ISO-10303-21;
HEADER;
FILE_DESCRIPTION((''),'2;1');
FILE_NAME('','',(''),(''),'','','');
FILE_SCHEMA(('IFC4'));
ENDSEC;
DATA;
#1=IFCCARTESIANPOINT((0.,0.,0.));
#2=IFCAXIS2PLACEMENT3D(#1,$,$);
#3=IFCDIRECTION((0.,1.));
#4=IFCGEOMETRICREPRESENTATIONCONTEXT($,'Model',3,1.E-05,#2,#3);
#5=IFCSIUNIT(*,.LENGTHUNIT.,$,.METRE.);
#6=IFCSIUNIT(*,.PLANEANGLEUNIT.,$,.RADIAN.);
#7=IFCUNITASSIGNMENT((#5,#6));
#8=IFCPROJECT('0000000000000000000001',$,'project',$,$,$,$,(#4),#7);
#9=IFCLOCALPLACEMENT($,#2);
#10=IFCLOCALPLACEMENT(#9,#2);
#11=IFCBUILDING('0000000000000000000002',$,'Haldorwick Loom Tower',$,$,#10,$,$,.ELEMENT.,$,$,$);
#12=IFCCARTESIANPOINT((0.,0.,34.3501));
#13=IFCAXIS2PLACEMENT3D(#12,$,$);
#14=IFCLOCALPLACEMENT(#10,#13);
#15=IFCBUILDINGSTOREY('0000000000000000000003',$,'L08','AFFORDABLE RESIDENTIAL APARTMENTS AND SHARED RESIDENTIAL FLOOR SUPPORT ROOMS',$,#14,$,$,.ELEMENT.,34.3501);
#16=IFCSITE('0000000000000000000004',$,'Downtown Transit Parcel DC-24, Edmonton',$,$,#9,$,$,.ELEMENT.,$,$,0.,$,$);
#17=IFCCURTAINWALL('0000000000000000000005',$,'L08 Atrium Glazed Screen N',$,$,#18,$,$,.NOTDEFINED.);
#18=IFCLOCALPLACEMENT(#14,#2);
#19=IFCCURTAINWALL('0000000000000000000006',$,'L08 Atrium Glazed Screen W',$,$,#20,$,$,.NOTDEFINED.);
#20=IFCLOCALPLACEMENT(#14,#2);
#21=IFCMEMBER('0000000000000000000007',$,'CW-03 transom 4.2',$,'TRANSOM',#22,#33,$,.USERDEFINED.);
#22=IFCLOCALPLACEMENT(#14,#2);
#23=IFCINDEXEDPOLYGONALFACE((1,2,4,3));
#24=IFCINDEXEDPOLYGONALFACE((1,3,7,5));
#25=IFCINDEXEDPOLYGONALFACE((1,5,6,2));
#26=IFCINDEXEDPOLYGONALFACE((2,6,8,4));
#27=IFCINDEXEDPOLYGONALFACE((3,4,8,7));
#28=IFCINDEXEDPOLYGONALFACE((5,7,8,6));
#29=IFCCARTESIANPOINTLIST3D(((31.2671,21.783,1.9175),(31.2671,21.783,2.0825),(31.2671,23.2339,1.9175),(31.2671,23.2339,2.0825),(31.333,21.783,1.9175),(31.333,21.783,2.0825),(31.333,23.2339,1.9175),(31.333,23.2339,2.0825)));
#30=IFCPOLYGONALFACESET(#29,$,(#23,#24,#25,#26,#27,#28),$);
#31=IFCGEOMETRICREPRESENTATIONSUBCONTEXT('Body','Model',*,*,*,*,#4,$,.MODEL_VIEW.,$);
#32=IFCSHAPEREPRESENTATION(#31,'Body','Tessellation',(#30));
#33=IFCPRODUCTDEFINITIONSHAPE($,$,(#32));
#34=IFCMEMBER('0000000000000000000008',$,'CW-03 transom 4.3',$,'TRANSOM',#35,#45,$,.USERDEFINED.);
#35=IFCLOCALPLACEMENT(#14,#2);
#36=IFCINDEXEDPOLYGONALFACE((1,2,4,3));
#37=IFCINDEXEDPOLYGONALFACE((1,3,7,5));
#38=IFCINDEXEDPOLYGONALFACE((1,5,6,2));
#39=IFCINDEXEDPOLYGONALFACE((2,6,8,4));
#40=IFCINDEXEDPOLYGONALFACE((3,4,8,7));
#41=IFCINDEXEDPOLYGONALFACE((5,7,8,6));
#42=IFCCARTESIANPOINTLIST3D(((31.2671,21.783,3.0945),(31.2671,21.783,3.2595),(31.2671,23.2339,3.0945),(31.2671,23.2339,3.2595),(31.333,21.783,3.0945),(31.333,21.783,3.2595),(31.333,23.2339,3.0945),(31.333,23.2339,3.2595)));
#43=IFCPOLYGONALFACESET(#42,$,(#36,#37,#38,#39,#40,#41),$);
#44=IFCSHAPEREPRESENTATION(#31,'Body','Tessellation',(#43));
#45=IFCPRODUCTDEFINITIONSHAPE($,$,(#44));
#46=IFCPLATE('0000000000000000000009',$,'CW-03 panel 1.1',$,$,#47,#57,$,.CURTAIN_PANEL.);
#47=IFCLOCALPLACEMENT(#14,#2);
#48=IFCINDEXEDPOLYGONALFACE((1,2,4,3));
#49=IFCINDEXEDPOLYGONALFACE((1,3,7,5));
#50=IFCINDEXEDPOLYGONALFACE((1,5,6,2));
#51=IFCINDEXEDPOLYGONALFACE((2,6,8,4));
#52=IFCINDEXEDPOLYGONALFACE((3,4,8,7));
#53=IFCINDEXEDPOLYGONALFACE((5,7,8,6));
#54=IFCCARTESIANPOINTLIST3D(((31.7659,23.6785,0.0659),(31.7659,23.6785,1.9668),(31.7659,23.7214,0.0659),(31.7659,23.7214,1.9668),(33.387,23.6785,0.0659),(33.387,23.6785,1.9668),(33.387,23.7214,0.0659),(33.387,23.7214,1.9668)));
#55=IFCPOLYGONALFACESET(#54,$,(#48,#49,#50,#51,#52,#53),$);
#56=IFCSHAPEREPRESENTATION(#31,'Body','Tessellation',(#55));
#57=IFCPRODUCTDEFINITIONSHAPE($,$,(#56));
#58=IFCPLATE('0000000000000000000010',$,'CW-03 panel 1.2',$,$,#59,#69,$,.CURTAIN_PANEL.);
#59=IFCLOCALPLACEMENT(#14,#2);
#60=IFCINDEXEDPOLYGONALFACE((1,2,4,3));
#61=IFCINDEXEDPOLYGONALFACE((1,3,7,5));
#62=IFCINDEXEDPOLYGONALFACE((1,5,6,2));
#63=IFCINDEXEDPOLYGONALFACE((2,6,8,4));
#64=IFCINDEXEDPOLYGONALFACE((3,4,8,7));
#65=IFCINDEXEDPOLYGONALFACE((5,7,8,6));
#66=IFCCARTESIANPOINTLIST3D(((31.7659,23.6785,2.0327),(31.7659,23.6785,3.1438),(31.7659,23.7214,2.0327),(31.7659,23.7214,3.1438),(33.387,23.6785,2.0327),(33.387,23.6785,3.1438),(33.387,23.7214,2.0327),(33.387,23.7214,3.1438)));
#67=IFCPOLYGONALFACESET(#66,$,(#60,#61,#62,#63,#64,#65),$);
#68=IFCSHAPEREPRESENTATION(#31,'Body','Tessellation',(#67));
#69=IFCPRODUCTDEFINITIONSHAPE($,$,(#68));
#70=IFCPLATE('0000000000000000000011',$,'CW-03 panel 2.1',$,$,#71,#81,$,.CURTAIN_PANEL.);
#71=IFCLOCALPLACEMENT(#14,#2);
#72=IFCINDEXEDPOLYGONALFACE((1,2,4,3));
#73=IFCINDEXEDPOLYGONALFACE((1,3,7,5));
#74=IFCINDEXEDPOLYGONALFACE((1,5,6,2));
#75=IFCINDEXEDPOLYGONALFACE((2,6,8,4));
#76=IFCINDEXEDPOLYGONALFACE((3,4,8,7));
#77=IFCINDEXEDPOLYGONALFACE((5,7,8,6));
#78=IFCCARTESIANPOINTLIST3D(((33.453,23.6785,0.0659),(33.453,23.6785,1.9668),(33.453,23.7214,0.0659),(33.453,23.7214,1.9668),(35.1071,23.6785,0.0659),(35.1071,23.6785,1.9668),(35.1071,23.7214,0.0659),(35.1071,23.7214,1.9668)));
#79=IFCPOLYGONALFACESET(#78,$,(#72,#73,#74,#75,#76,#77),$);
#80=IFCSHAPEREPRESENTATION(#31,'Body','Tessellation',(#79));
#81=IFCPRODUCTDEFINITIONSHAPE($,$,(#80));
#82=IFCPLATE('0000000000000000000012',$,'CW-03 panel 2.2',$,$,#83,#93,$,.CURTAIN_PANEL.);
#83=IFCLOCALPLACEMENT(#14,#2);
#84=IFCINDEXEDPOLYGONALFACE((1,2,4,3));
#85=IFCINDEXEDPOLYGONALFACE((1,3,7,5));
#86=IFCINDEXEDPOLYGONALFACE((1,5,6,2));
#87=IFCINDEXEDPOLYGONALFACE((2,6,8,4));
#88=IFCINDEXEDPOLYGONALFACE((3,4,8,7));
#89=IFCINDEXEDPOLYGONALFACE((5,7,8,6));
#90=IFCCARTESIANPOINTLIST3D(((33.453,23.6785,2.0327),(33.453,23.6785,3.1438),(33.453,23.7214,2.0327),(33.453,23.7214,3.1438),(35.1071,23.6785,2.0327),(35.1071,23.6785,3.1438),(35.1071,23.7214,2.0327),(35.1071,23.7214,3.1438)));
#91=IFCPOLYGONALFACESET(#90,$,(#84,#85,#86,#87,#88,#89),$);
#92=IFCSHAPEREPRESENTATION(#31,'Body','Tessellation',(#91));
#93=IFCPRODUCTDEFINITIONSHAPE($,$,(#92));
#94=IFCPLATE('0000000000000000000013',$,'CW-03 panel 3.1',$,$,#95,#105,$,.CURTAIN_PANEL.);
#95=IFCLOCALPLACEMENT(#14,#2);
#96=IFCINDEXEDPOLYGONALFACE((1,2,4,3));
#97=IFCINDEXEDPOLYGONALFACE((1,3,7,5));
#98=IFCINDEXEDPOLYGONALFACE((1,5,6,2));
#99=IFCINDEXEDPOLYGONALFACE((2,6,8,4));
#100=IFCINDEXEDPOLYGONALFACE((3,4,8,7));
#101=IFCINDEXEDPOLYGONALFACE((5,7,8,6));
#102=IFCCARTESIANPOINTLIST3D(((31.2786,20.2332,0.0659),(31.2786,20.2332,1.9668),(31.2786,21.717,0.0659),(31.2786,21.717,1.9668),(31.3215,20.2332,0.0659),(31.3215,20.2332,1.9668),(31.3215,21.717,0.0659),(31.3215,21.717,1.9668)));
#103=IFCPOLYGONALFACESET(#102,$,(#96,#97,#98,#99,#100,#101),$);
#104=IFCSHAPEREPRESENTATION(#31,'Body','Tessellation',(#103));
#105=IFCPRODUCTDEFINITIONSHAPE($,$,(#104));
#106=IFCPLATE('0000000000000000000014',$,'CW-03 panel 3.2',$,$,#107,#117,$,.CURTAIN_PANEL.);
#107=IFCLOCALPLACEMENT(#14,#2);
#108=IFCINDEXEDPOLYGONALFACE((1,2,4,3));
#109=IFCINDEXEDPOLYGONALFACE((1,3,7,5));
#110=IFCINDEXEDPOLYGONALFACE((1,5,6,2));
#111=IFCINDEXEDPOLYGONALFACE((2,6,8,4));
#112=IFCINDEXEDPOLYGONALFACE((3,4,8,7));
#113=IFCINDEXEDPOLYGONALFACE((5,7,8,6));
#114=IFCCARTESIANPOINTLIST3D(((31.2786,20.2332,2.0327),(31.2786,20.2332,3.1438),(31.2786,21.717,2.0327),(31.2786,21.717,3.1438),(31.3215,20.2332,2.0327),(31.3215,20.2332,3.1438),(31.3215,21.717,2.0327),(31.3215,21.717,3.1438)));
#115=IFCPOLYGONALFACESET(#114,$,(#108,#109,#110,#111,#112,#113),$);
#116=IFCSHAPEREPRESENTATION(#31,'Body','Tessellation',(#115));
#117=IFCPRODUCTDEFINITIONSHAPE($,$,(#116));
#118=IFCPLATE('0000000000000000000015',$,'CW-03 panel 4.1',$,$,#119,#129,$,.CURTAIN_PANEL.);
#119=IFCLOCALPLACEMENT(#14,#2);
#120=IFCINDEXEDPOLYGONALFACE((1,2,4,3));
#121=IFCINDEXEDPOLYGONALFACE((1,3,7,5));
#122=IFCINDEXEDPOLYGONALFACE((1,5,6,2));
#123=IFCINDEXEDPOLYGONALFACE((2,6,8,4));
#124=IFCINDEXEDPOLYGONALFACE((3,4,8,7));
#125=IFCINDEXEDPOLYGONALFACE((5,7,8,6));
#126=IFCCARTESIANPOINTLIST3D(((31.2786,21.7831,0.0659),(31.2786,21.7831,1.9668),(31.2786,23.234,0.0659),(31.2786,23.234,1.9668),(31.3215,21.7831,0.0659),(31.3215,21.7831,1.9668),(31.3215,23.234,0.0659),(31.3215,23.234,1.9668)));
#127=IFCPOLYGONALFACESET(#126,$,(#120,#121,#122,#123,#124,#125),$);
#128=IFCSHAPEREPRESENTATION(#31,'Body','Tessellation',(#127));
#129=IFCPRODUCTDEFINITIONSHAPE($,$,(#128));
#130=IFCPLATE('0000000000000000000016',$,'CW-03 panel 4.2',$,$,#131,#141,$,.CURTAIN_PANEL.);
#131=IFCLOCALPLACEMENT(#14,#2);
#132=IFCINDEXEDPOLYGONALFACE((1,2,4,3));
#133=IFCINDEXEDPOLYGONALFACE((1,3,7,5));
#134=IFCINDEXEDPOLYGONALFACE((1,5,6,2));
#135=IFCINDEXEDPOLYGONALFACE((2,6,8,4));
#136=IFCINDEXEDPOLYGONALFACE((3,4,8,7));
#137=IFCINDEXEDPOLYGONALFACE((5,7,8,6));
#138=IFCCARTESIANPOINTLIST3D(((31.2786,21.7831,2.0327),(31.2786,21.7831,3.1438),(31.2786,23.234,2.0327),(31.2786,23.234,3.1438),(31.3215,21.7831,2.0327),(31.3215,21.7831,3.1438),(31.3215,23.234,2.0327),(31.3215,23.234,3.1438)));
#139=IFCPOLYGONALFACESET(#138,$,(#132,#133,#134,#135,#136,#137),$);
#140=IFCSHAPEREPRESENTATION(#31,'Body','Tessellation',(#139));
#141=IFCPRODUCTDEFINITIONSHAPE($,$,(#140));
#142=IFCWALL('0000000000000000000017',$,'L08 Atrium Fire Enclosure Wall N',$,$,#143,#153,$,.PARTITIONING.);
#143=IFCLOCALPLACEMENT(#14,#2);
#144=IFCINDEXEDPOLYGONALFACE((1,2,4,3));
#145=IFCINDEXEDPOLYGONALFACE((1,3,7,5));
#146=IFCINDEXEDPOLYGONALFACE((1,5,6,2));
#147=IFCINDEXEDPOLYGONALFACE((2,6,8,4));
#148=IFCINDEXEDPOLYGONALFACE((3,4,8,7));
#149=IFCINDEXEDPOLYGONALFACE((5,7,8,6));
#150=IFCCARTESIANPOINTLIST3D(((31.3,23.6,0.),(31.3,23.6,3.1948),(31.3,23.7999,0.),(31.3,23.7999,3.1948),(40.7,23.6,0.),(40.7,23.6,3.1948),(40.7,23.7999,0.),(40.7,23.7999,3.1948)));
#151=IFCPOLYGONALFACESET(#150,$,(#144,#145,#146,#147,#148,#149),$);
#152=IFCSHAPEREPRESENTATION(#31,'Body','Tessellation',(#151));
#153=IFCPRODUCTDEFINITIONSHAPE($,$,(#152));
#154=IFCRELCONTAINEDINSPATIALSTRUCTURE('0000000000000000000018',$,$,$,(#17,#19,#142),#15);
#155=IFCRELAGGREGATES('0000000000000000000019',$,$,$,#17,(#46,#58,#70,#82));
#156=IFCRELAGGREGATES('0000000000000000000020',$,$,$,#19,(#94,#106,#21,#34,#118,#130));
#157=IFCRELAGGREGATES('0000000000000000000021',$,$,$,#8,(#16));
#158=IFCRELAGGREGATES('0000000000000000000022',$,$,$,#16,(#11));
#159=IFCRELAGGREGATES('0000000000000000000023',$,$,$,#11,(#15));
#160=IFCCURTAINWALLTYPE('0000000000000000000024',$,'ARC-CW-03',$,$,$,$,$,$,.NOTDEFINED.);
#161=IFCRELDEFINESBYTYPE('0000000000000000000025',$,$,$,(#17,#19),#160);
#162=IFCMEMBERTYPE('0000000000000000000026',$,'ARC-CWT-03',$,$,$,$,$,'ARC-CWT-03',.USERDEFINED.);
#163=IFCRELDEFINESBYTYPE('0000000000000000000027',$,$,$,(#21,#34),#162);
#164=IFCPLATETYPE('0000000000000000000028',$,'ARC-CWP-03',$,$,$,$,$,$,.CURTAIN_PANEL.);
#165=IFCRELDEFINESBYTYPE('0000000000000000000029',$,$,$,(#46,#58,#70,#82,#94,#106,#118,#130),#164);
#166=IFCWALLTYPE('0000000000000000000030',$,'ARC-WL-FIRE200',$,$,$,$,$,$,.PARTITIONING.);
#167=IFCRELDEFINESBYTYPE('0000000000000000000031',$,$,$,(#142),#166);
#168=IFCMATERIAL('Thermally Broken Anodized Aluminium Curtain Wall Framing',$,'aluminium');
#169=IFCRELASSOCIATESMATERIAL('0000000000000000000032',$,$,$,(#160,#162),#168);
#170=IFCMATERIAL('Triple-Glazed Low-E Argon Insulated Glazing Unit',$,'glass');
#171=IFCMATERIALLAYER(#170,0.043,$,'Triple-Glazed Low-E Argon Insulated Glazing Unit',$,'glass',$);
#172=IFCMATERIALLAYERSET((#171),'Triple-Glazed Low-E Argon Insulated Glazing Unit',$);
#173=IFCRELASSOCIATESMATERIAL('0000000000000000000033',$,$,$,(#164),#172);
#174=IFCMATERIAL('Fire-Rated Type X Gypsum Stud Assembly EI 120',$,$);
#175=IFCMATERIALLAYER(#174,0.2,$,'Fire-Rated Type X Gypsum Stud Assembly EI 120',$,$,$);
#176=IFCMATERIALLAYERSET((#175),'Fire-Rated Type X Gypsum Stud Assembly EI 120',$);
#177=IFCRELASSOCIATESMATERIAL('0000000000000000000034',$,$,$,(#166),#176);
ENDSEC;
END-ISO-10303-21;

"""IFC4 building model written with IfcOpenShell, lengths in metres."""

from ifc_helpers import new_model, si_unit, direction, frame, frame_2d, origin, origin_2d, place, context, subcontext, project, spatial, rectangle, extrude, material, layer, layer_set, material_profile, profile_set, type_object, element, aggregate, save


model = new_model("IFC4")

# Units and contexts
model_context = context("Model", 3, precision=1e-05, world=origin(), true_north=direction((0.0, 1.0)))
body_context = subcontext(model_context, "Body", "Model", "MODEL_VIEW")
ifc_project = project(units=[si_unit("LENGTHUNIT", "METRE"), si_unit("PLANEANGLEUNIT", "RADIAN")], contexts=[model_context])

# Site, building, storey
site_placement = place(None, origin())
site = spatial("IfcSite", under=ifc_project, at=site_placement, Name="Downtown Transit Parcel DC-24, Edmonton", CompositionType="ELEMENT", RefElevation=0.0)
building_placement = place(site_placement, origin())
building = spatial("IfcBuilding", under=site, at=building_placement, Name="Haldorwick Loom Tower", CompositionType="ELEMENT")
storey_placement = place(building_placement, frame((0.0, 0.0, 34.3501)))
storey = spatial("IfcBuildingStorey", under=building, at=storey_placement, Name="L08", Description="AFFORDABLE RESIDENTIAL APARTMENTS AND SHARED RESIDENTIAL FLOOR SUPPORT ROOMS", CompositionType="ELEMENT", Elevation=34.3501)

# Curtain walls
ifc_material_1 = material(Name="Thermally Broken Anodized Aluminium Curtain Wall Framing", Category="aluminium")
curtain_wall_type = type_object("IfcCurtainWallType", Name="ARC-CW-03", PredefinedType="NOTDEFINED", material=ifc_material_1)
curtain_wall_1_placement = place(storey_placement, origin())
curtain_wall_1 = element("IfcCurtainWall", 1, at=curtain_wall_1_placement, inside=storey, type_object=curtain_wall_type, Name="L08 Atrium Glazed Screen N", PredefinedType="NOTDEFINED")
curtain_wall_2_placement = place(storey_placement, origin())
curtain_wall_2 = element("IfcCurtainWall", 2, at=curtain_wall_2_placement, inside=storey, type_object=curtain_wall_type, Name="L08 Atrium Glazed Screen W", PredefinedType="NOTDEFINED")

# Members
ifc_material_profile_1 = material_profile(ifc_material_1, rectangle(XDim=0.0659, YDim=0.165, at=origin_2d()), Name="ALU_TRN_66X165", Category="aluminium")
ifc_profile_set_1 = profile_set([ifc_material_profile_1], Name="Thermally Broken Anodized Aluminium Curtain Wall Framing")
member_type_1 = type_object("IfcMemberType", Name="ARC-CWT-03", ElementType="ARC-CWT-03", PredefinedType="USERDEFINED", material=ifc_profile_set_1)
member_1_placement = place(storey_placement, frame((31.3, 21.783, 2.0), z_axis=(0.0, 1.0, 0.0), x_axis=(-1.0, 0.0, 0.0)))
member_1 = element("IfcMember", 3, at=member_1_placement, type_object=member_type_1, Name="CW-03 transom 4.2", ObjectType="TRANSOM", PredefinedType="USERDEFINED", context=body_context, shape_type="SweptSolid", body=[
    extrude(rectangle(XDim=0.0659, YDim=0.165, at=origin_2d()), origin(), (0.0, 0.0, 1.0), 1.4509),
])
member_2_placement = place(storey_placement, frame((31.3, 21.783, 3.177), z_axis=(0.0, 1.0, 0.0), x_axis=(-1.0, 0.0, 0.0)))
member_2 = element("IfcMember", 4, at=member_2_placement, type_object=member_type_1, Name="CW-03 transom 4.3", ObjectType="TRANSOM", PredefinedType="USERDEFINED", context=body_context, shape_type="SweptSolid", body=[
    extrude(rectangle(XDim=0.0659, YDim=0.165, at=origin_2d()), origin(), (0.0, 0.0, 1.0), 1.4509),
])

# Plates
ifc_material_2 = material(Name="Triple-Glazed Low-E Argon Insulated Glazing Unit", Category="glass")
ifc_layer_1 = layer(ifc_material_2, 0.043, Name="Triple-Glazed Low-E Argon Insulated Glazing Unit", Category="glass")
ifc_layer_set_1 = layer_set([ifc_layer_1], Name="Triple-Glazed Low-E Argon Insulated Glazing Unit")
plate_type = type_object("IfcPlateType", Name="ARC-CWP-03", PredefinedType="CURTAIN_PANEL", material=ifc_layer_set_1)
plate_1_placement = place(storey_placement, frame((32.5764, 23.7, 0.0659), z_axis=(0.0, 0.0, 1.0), x_axis=(1.0, 0.0, 0.0)))
plate_1 = element("IfcPlate", 5, at=plate_1_placement, type_object=plate_type, Name="CW-03 panel 1.1", PredefinedType="CURTAIN_PANEL", context=body_context, shape_type="SweptSolid", body=[
    extrude(rectangle(XDim=1.6211, YDim=0.043, at=origin_2d()), origin(), (0.0, 0.0, 1.0), 1.9009),
])
plate_2_placement = place(storey_placement, frame((32.5764, 23.7, 2.0327), z_axis=(0.0, 0.0, 1.0), x_axis=(1.0, 0.0, 0.0)))
plate_2 = element("IfcPlate", 6, at=plate_2_placement, type_object=plate_type, Name="CW-03 panel 1.2", PredefinedType="CURTAIN_PANEL", context=body_context, shape_type="SweptSolid", body=[
    extrude(rectangle(XDim=1.6211, YDim=0.043, at=origin_2d()), origin(), (0.0, 0.0, 1.0), 1.1111),
])
plate_3_placement = place(storey_placement, frame((34.28, 23.7, 0.0659), z_axis=(0.0, 0.0, 1.0), x_axis=(1.0, 0.0, 0.0)))
plate_3 = element("IfcPlate", 7, at=plate_3_placement, type_object=plate_type, Name="CW-03 panel 2.1", PredefinedType="CURTAIN_PANEL", context=body_context, shape_type="SweptSolid", body=[
    extrude(rectangle(XDim=1.6541, YDim=0.043, at=origin_2d()), origin(), (0.0, 0.0, 1.0), 1.9009),
])
plate_4_placement = place(storey_placement, frame((34.28, 23.7, 2.0327), z_axis=(0.0, 0.0, 1.0), x_axis=(1.0, 0.0, 0.0)))
plate_4 = element("IfcPlate", 8, at=plate_4_placement, type_object=plate_type, Name="CW-03 panel 2.2", PredefinedType="CURTAIN_PANEL", context=body_context, shape_type="SweptSolid", body=[
    extrude(rectangle(XDim=1.6541, YDim=0.043, at=origin_2d()), origin(), (0.0, 0.0, 1.0), 1.1111),
])
aggregate(curtain_wall_1, [plate_1, plate_2, plate_3, plate_4])
plate_5_placement = place(storey_placement, frame((31.3, 20.9751, 0.0659), z_axis=(0.0, 0.0, 1.0), x_axis=(0.0, 1.0, 0.0)))
plate_5 = element("IfcPlate", 9, at=plate_5_placement, type_object=plate_type, Name="CW-03 panel 3.1", PredefinedType="CURTAIN_PANEL", context=body_context, shape_type="SweptSolid", body=[
    extrude(rectangle(XDim=1.4839, YDim=0.043, at=origin_2d()), origin(), (0.0, 0.0, 1.0), 1.9009),
])
plate_6_placement = place(storey_placement, frame((31.3, 20.9751, 2.0327), z_axis=(0.0, 0.0, 1.0), x_axis=(0.0, 1.0, 0.0)))
plate_6 = element("IfcPlate", 10, at=plate_6_placement, type_object=plate_type, Name="CW-03 panel 3.2", PredefinedType="CURTAIN_PANEL", context=body_context, shape_type="SweptSolid", body=[
    extrude(rectangle(XDim=1.4839, YDim=0.043, at=origin_2d()), origin(), (0.0, 0.0, 1.0), 1.1111),
])
plate_7_placement = place(storey_placement, frame((31.3, 22.5085, 0.0659), z_axis=(0.0, 0.0, 1.0), x_axis=(0.0, 1.0, 0.0)))
plate_7 = element("IfcPlate", 11, at=plate_7_placement, type_object=plate_type, Name="CW-03 panel 4.1", PredefinedType="CURTAIN_PANEL", context=body_context, shape_type="SweptSolid", body=[
    extrude(rectangle(XDim=1.4509, YDim=0.043, at=origin_2d()), origin(), (0.0, 0.0, 1.0), 1.9009),
])
plate_8_placement = place(storey_placement, frame((31.3, 22.5085, 2.0327), z_axis=(0.0, 0.0, 1.0), x_axis=(0.0, 1.0, 0.0)))
plate_8 = element("IfcPlate", 12, at=plate_8_placement, type_object=plate_type, Name="CW-03 panel 4.2", PredefinedType="CURTAIN_PANEL", context=body_context, shape_type="SweptSolid", body=[
    extrude(rectangle(XDim=1.4509, YDim=0.043, at=origin_2d()), origin(), (0.0, 0.0, 1.0), 1.1111),
])
aggregate(curtain_wall_2, [plate_5, plate_6, member_1, member_2, plate_7, plate_8])

# Wall
ifc_material_3 = material(Name="Fire-Rated Type X Gypsum Stud Assembly EI 120")
ifc_layer_2 = layer(ifc_material_3, 0.2, Name="Fire-Rated Type X Gypsum Stud Assembly EI 120")
ifc_layer_set_2 = layer_set([ifc_layer_2], Name="Fire-Rated Type X Gypsum Stud Assembly EI 120")
wall_type = type_object("IfcWallType", Name="ARC-WL-FIRE200", PredefinedType="PARTITIONING", material=ifc_layer_set_2)
wall_placement = place(storey_placement, frame((31.3, 23.7, 0.0), z_axis=(0.0, 0.0, 1.0), x_axis=(1.0, 0.0, 0.0)))
element("IfcWall", 13, at=wall_placement, inside=storey, type_object=wall_type, Name="L08 Atrium Fire Enclosure Wall N", PredefinedType="PARTITIONING", context=body_context, shape_type="SweptSolid", body=[
    extrude(rectangle(XDim=9.3999, YDim=0.2, at=frame_2d((4.7, 0.0))), origin(), (0.0, 0.0, 1.0), 3.1948),
])

save(model, "model.ifc")
